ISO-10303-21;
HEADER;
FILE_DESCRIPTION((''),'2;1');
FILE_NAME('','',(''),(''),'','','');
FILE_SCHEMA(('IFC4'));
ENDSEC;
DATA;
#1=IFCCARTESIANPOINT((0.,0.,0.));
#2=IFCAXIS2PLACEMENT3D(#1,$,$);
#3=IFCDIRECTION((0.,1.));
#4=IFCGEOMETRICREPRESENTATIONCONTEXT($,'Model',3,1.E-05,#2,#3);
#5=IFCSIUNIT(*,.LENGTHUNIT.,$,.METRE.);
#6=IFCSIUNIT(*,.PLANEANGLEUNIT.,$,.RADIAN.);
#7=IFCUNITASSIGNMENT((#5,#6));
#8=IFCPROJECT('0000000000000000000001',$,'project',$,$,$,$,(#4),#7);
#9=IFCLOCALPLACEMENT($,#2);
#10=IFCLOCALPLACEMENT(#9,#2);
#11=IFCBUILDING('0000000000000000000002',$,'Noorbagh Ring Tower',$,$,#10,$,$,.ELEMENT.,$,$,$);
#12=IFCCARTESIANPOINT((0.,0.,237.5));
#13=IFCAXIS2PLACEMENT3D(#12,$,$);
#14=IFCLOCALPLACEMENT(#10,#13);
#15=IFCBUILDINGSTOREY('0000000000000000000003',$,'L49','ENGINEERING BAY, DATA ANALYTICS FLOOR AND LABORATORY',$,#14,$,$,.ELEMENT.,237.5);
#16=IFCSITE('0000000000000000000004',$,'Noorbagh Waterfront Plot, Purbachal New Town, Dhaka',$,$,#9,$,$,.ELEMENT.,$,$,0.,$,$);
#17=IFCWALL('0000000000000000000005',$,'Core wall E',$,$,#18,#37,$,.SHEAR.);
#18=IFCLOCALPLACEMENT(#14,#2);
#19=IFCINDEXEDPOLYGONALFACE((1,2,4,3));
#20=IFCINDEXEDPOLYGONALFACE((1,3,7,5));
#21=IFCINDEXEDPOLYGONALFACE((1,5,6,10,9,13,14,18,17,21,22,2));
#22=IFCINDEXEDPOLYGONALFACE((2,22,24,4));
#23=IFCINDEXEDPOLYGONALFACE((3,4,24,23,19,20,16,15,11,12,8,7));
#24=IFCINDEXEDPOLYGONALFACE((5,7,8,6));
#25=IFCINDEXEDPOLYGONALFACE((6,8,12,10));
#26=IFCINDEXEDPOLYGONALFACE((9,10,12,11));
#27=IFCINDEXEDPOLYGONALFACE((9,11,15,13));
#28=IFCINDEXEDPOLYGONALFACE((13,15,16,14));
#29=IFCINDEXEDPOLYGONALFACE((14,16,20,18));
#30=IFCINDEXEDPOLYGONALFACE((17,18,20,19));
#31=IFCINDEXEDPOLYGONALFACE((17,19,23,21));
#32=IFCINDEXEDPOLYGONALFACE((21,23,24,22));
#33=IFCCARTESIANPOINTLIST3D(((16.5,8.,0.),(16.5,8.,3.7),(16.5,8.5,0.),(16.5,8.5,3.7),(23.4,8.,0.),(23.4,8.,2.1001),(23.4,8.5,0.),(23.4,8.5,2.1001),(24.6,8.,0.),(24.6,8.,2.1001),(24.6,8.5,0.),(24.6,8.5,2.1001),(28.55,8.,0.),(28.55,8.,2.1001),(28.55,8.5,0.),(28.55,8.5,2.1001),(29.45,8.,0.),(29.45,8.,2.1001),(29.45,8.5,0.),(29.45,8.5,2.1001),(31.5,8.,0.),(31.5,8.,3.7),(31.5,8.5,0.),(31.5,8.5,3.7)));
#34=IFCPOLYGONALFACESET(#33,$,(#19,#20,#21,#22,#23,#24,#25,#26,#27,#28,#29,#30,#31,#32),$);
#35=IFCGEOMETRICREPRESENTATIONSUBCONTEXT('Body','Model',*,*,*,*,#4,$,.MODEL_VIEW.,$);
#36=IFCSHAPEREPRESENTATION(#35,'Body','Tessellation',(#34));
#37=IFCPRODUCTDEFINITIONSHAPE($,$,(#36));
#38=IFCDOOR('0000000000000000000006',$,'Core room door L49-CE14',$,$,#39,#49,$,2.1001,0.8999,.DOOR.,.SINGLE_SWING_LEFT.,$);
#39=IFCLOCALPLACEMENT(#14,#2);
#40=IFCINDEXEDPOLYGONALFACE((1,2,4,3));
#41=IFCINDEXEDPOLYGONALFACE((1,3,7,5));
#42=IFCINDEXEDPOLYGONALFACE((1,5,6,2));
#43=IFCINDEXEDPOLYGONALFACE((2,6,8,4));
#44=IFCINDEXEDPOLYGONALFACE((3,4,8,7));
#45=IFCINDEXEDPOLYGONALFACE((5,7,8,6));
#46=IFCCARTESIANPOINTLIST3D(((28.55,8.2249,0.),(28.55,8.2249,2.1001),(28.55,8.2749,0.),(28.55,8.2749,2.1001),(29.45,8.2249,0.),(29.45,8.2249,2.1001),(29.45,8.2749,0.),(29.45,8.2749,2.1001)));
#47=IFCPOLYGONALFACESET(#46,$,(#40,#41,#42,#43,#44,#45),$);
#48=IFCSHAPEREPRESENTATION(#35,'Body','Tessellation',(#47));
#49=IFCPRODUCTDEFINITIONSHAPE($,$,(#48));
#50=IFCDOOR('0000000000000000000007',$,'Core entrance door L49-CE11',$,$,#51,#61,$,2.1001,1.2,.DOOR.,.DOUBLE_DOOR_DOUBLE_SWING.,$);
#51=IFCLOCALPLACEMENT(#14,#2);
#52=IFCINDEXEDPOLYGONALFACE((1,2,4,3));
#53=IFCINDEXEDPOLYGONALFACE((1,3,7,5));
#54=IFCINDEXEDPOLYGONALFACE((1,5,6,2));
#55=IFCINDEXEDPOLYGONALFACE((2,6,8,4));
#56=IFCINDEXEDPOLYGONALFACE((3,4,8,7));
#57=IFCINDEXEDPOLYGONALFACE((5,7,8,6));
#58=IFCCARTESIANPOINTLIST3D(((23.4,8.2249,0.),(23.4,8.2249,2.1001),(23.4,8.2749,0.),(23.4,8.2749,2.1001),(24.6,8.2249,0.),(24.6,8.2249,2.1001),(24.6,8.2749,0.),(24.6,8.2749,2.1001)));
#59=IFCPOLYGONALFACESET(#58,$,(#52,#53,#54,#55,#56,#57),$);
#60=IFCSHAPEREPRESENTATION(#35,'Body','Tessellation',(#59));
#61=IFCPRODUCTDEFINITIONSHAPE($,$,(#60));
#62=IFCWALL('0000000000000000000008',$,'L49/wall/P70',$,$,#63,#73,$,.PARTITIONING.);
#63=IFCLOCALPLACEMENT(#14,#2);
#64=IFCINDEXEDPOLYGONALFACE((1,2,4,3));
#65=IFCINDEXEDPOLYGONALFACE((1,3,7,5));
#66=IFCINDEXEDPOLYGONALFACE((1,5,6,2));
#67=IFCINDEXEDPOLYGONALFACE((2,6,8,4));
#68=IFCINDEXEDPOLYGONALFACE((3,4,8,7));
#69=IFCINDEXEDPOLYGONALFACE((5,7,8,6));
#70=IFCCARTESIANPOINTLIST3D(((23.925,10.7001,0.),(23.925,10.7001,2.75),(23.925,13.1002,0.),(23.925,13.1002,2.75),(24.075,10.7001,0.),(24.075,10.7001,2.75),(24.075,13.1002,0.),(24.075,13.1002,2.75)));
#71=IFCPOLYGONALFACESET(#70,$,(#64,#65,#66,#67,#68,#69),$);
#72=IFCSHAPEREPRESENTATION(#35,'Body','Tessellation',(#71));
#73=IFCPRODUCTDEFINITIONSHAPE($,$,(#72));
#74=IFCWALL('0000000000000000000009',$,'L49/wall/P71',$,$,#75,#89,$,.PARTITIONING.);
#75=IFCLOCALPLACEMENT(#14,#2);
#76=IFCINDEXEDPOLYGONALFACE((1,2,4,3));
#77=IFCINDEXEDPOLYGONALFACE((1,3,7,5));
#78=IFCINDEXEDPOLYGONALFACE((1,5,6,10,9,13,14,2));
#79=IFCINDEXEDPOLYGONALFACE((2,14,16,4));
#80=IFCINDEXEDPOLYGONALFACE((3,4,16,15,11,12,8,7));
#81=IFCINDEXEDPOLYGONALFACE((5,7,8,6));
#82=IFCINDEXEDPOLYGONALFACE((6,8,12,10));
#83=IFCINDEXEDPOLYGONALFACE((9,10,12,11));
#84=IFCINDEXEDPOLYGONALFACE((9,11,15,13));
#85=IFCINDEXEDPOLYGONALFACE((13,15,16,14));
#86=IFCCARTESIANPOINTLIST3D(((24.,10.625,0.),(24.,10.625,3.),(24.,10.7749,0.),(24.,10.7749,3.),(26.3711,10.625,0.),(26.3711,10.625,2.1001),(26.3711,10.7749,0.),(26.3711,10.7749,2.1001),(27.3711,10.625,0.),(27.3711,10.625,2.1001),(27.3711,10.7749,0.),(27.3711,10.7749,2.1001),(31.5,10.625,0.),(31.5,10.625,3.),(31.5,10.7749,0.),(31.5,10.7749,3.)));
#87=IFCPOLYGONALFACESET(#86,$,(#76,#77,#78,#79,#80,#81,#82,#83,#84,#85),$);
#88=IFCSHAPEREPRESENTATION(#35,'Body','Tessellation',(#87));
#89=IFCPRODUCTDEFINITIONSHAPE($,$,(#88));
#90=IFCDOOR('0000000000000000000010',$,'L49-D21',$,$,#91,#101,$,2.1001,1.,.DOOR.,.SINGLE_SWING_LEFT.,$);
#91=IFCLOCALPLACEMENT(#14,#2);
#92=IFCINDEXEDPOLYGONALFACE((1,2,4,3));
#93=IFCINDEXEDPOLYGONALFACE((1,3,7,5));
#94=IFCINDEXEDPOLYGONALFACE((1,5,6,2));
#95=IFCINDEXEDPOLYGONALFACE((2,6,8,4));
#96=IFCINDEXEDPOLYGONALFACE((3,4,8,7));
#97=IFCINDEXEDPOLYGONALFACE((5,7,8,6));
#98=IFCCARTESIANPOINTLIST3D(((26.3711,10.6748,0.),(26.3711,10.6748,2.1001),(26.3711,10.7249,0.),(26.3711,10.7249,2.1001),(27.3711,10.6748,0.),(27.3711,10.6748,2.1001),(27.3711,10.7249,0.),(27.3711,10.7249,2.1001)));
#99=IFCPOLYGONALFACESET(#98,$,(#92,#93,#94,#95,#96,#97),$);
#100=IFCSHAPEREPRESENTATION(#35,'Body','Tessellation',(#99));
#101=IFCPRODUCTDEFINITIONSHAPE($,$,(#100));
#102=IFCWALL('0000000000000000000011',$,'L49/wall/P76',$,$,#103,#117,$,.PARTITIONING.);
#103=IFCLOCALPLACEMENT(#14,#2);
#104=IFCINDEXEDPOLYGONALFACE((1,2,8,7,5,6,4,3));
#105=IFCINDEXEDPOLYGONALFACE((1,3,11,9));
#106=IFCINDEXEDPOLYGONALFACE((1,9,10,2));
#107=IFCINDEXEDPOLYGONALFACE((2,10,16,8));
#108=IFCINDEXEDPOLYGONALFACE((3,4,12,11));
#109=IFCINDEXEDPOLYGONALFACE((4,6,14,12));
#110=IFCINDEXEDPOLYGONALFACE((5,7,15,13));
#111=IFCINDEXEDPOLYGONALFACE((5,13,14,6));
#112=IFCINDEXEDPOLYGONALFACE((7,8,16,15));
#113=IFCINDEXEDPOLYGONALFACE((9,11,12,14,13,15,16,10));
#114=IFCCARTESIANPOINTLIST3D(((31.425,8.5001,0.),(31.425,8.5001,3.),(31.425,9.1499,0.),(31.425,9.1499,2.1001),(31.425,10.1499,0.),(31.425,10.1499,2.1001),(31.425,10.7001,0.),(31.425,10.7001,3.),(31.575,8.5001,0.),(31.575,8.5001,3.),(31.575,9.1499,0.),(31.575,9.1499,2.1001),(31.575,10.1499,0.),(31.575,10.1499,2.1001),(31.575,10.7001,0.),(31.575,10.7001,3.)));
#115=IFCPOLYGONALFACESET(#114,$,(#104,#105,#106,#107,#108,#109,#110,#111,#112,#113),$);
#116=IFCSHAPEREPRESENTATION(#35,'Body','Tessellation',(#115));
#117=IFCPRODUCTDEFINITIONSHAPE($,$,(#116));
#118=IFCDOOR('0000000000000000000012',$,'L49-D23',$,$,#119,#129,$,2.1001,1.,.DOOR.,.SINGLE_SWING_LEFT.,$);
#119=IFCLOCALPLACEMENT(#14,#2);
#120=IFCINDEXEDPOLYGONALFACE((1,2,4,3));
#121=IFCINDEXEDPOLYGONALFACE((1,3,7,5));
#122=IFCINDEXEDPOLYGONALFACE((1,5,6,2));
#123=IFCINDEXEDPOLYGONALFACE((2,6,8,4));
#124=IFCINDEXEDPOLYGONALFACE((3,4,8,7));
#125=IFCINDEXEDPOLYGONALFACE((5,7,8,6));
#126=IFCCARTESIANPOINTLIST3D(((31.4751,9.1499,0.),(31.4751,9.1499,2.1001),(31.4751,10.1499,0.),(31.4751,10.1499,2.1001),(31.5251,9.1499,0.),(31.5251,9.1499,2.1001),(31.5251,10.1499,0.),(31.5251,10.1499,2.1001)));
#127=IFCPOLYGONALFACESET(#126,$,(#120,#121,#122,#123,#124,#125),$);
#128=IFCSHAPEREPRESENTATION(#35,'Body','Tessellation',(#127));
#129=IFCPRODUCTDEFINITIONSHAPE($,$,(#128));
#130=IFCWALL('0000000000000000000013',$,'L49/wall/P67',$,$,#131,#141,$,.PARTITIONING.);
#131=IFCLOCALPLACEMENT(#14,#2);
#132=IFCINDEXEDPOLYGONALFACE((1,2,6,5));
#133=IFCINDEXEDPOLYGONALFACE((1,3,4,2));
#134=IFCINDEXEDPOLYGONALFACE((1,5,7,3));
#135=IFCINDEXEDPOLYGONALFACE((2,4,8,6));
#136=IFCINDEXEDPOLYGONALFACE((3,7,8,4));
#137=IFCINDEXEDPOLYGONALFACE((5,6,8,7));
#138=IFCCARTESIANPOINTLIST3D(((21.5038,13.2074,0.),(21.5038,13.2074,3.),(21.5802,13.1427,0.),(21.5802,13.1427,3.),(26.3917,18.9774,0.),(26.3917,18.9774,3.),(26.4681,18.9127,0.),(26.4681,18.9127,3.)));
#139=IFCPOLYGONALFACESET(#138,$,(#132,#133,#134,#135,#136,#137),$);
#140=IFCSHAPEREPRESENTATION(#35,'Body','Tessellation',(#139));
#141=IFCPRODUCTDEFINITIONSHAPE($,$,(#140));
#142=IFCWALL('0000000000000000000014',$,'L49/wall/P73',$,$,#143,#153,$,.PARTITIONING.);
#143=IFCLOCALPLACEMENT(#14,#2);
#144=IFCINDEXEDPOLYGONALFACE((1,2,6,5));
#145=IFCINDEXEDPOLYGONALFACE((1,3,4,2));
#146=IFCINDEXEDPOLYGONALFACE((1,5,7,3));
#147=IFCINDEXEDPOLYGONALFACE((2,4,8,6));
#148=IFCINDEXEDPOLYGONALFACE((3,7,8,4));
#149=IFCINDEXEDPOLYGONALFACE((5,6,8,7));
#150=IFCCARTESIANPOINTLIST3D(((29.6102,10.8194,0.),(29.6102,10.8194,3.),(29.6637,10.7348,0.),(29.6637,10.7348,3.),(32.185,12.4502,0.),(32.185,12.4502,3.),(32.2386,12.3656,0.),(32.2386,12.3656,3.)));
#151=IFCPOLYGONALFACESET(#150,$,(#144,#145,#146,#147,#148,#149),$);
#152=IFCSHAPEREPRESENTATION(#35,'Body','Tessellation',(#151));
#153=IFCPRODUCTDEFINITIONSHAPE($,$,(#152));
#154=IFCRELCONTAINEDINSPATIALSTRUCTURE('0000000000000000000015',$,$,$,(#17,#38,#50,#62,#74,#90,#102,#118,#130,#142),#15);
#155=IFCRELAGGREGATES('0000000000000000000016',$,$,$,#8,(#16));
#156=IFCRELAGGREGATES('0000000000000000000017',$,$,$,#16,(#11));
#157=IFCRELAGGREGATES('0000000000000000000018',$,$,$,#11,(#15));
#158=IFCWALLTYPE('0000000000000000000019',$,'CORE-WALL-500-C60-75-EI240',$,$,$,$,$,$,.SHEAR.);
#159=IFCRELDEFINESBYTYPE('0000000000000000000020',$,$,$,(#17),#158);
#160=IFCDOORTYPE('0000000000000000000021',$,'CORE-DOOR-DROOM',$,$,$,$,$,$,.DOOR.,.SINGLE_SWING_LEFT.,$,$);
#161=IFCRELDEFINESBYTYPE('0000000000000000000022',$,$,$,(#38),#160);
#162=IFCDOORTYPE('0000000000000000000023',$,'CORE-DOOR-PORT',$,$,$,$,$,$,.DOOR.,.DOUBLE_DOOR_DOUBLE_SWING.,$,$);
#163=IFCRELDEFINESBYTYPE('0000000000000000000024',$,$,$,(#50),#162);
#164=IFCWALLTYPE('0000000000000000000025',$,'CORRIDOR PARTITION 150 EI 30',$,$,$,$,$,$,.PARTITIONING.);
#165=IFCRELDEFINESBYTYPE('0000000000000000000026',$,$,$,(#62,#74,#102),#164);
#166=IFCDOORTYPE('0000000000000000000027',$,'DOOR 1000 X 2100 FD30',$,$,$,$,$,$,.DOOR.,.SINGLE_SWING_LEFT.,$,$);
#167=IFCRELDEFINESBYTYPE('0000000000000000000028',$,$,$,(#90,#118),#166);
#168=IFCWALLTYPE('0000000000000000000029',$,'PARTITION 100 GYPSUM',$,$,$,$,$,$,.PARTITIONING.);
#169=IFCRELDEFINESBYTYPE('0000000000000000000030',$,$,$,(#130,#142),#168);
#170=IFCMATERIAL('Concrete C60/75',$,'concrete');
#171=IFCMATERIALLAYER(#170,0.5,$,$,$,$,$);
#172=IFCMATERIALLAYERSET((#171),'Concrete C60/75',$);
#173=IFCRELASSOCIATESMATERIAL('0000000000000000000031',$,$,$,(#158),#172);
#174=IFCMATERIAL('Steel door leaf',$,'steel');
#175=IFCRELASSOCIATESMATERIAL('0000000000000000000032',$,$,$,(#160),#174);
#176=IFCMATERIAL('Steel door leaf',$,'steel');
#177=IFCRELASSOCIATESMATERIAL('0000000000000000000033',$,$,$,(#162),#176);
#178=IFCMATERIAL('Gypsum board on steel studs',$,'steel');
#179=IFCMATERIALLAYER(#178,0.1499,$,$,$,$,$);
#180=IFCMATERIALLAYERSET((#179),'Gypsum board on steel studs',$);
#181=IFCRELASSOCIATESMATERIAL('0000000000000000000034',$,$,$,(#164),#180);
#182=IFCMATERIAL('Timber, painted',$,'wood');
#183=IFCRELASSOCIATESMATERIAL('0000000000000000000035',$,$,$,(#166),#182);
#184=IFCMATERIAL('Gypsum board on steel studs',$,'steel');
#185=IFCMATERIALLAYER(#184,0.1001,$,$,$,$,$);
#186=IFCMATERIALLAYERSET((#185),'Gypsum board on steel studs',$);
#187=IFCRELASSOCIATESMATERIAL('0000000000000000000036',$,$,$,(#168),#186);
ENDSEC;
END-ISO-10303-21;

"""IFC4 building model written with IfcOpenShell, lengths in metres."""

from ifc_helpers import new_model, si_unit, direction, frame, frame_2d, origin, place, context, subcontext, project, spatial, rectangle, extrude, material, layer, layer_set, type_object, element, fill, save


model = new_model("IFC4")

# Units and contexts
model_context = context("Model", 3, precision=1e-05, world=origin(), true_north=direction((0.0, 1.0)))
body_context = subcontext(model_context, "Body", "Model", "MODEL_VIEW")
ifc_project = project(units=[si_unit("LENGTHUNIT", "METRE"), si_unit("PLANEANGLEUNIT", "RADIAN")], contexts=[model_context])

# Site, building, storey
site_placement = place(None, origin())
site = spatial("IfcSite", under=ifc_project, at=site_placement, Name="Noorbagh Waterfront Plot, Purbachal New Town, Dhaka", CompositionType="ELEMENT", RefElevation=0.0)
building_placement = place(site_placement, origin())
building = spatial("IfcBuilding", under=site, at=building_placement, Name="Noorbagh Ring Tower", CompositionType="ELEMENT")
storey_placement = place(building_placement, frame((0.0, 0.0, 237.5)))
storey = spatial("IfcBuildingStorey", under=building, at=storey_placement, Name="L49", Description="ENGINEERING BAY, DATA ANALYTICS FLOOR AND LABORATORY", CompositionType="ELEMENT", Elevation=237.5)

# Wall, openings, doors
ifc_material_1 = material(Name="Concrete C60/75", Category="concrete")
ifc_layer_1 = layer(ifc_material_1, 0.5)
ifc_layer_set_1 = layer_set([ifc_layer_1], Name="Concrete C60/75")
wall_type_1 = type_object("IfcWallType", Name="CORE-WALL-500-C60-75-EI240", PredefinedType="SHEAR", material=ifc_layer_set_1)
wall_1_placement = place(storey_placement, frame((16.5, 8.25, 0.0), z_axis=(0.0, 0.0, 1.0), x_axis=(1.0, 0.0, 0.0)))
wall_1 = element("IfcWall", 1, at=wall_1_placement, inside=storey, type_object=wall_type_1, Name="Core wall E", PredefinedType="SHEAR", context=body_context, shape_type="SweptSolid", body=[
    extrude(rectangle(XDim=15.0, YDim=0.5, at=frame_2d((7.5, 0.0))), origin(), (0.0, 0.0, 1.0), 3.7),
])
opening_1_placement = place(wall_1_placement, frame((6.8999, 0.0, 0.0)))
opening_1 = element("IfcOpeningElement", 2, at=opening_1_placement, cuts=wall_1, PredefinedType="OPENING", context=body_context, shape_type="SweptSolid", body=[
    extrude(rectangle(XDim=1.2, YDim=2.1001, at=frame_2d((0.6001, 1.05))), frame((0.0, 0.26, 0.0), z_axis=(0.0, -1.0, 0.0), x_axis=(1.0, 0.0, 0.0)), (0.0, 0.0, 1.0), 0.52),
])
opening_2_placement = place(wall_1_placement, frame((12.05, 0.0, 0.0)))
opening_2 = element("IfcOpeningElement", 3, at=opening_2_placement, cuts=wall_1, PredefinedType="OPENING", context=body_context, shape_type="SweptSolid", body=[
    extrude(rectangle(XDim=0.8999, YDim=2.1001, at=frame_2d((0.45, 1.05))), frame((0.0, 0.26, 0.0), z_axis=(0.0, -1.0, 0.0), x_axis=(1.0, 0.0, 0.0)), (0.0, 0.0, 1.0), 0.52),
])
ifc_material_2 = material(Name="Steel door leaf", Category="steel")
door_type_1 = type_object("IfcDoorType", Name="CORE-DOOR-DROOM", OperationType="SINGLE_SWING_LEFT", PredefinedType="DOOR", material=ifc_material_2)
door_1_placement = place(opening_2_placement, origin())
door_1 = element("IfcDoor", 4, at=door_1_placement, inside=storey, type_object=door_type_1, Name="Core room door L49-CE14", OperationType="SINGLE_SWING_LEFT", OverallHeight=2.1001, OverallWidth=0.8999, PredefinedType="DOOR", context=body_context, shape_type="SweptSolid", body=[
    extrude(rectangle(XDim=0.8999, YDim=2.1001, at=frame_2d((0.45, 1.05))), frame((0.0, 0.0249, 0.0), z_axis=(0.0, -1.0, 0.0), x_axis=(1.0, 0.0, 0.0)), (0.0, 0.0, 1.0), 0.05),
])
fill(opening_2, door_1)
ifc_material_3 = material(Name="Steel door leaf", Category="steel")
door_type_2 = type_object("IfcDoorType", Name="CORE-DOOR-PORT", OperationType="DOUBLE_DOOR_DOUBLE_SWING", PredefinedType="DOOR", material=ifc_material_3)
door_2_placement = place(opening_1_placement, origin())
door_2 = element("IfcDoor", 5, at=door_2_placement, inside=storey, type_object=door_type_2, Name="Core entrance door L49-CE11", OperationType="DOUBLE_DOOR_DOUBLE_SWING", OverallHeight=2.1001, OverallWidth=1.2, PredefinedType="DOOR", context=body_context, shape_type="SweptSolid", body=[
    extrude(rectangle(XDim=1.2, YDim=2.1001, at=frame_2d((0.6001, 1.05))), frame((0.0, 0.0249, 0.0), z_axis=(0.0, -1.0, 0.0), x_axis=(1.0, 0.0, 0.0)), (0.0, 0.0, 1.0), 0.05),
])
fill(opening_1, door_2)

# Wall
ifc_material_4 = material(Name="Gypsum board on steel studs", Category="steel")
ifc_layer_2 = layer(ifc_material_4, 0.1499)
ifc_layer_set_2 = layer_set([ifc_layer_2], Name="Gypsum board on steel studs")
wall_type_2 = type_object("IfcWallType", Name="CORRIDOR PARTITION 150 EI 30", PredefinedType="PARTITIONING", material=ifc_layer_set_2)
wall_2_placement = place(storey_placement, frame((24.0, 10.7, 0.0), z_axis=(0.0, 0.0, 1.0), x_axis=(0.0, 1.0, 0.0)))
element("IfcWall", 6, at=wall_2_placement, inside=storey, type_object=wall_type_2, Name="L49/wall/P70", PredefinedType="PARTITIONING", context=body_context, shape_type="SweptSolid", body=[
    extrude(rectangle(XDim=2.4001, YDim=0.1499, at=frame_2d((1.2002, 0.0))), origin(), (0.0, 0.0, 1.0), 2.75),
])

# Walls, openings, doors
wall_3_placement = place(storey_placement, frame((24.0, 10.7, 0.0), z_axis=(0.0, 0.0, 1.0), x_axis=(1.0, 0.0, 0.0)))
wall_3 = element("IfcWall", 7, at=wall_3_placement, inside=storey, type_object=wall_type_2, Name="L49/wall/P71", PredefinedType="PARTITIONING", context=body_context, shape_type="SweptSolid", body=[
    extrude(rectangle(XDim=7.5, YDim=0.1499, at=frame_2d((3.75, 0.0))), origin(), (0.0, 0.0, 1.0), 3.0),
])
opening_3_placement = place(wall_3_placement, frame((2.3711, 0.0, 0.0)))
opening_3 = element("IfcOpeningElement", 8, at=opening_3_placement, cuts=wall_3, PredefinedType="OPENING", context=body_context, shape_type="SweptSolid", body=[
    extrude(rectangle(XDim=1.0, YDim=2.1001, at=frame_2d((0.5, 1.05))), frame((0.0, 0.085, 0.0), z_axis=(0.0, -1.0, 0.0), x_axis=(1.0, 0.0, 0.0)), (0.0, 0.0, 1.0), 0.1699),
])
ifc_material_5 = material(Name="Timber, painted", Category="wood")
door_type_3 = type_object("IfcDoorType", Name="DOOR 1000 X 2100 FD30", OperationType="SINGLE_SWING_LEFT", PredefinedType="DOOR", material=ifc_material_5)
door_3_placement = place(opening_3_placement, origin())
door_3 = element("IfcDoor", 9, at=door_3_placement, inside=storey, type_object=door_type_3, Name="L49-D21", OperationType="SINGLE_SWING_LEFT", OverallHeight=2.1001, OverallWidth=1.0, PredefinedType="DOOR", context=body_context, shape_type="SweptSolid", body=[
    extrude(rectangle(XDim=1.0, YDim=2.1001, at=frame_2d((0.5, 1.05))), frame((0.0, 0.0249, 0.0), z_axis=(0.0, -1.0, 0.0), x_axis=(1.0, 0.0, 0.0)), (0.0, 0.0, 1.0), 0.05),
])
fill(opening_3, door_3)
wall_4_placement = place(storey_placement, frame((31.5, 8.5, 0.0), z_axis=(0.0, 0.0, 1.0), x_axis=(0.0, 1.0, 0.0)))
wall_4 = element("IfcWall", 10, at=wall_4_placement, inside=storey, type_object=wall_type_2, Name="L49/wall/P76", PredefinedType="PARTITIONING", context=body_context, shape_type="SweptSolid", body=[
    extrude(rectangle(XDim=2.2, YDim=0.1499, at=frame_2d((1.1001, 0.0))), origin(), (0.0, 0.0, 1.0), 3.0),
])
opening_4_placement = place(wall_4_placement, frame((0.6499, 0.0, 0.0)))
opening_4 = element("IfcOpeningElement", 11, at=opening_4_placement, cuts=wall_4, PredefinedType="OPENING", context=body_context, shape_type="SweptSolid", body=[
    extrude(rectangle(XDim=1.0, YDim=2.1001, at=frame_2d((0.5, 1.05))), frame((0.0, 0.085, 0.0), z_axis=(0.0, -1.0, 0.0), x_axis=(1.0, 0.0, 0.0)), (0.0, 0.0, 1.0), 0.1699),
])
door_4_placement = place(opening_4_placement, origin())
door_4 = element("IfcDoor", 12, at=door_4_placement, inside=storey, type_object=door_type_3, Name="L49-D23", OperationType="SINGLE_SWING_LEFT", OverallHeight=2.1001, OverallWidth=1.0, PredefinedType="DOOR", context=body_context, shape_type="SweptSolid", body=[
    extrude(rectangle(XDim=1.0, YDim=2.1001, at=frame_2d((0.5, 1.05))), frame((0.0, 0.0249, 0.0), z_axis=(0.0, -1.0, 0.0), x_axis=(1.0, 0.0, 0.0)), (0.0, 0.0, 1.0), 0.05),
])
fill(opening_4, door_4)

# Walls
ifc_material_6 = material(Name="Gypsum board on steel studs", Category="steel")
ifc_layer_3 = layer(ifc_material_6, 0.1001)
ifc_layer_set_3 = layer_set([ifc_layer_3], Name="Gypsum board on steel studs")
wall_type_3 = type_object("IfcWallType", Name="PARTITION 100 GYPSUM", PredefinedType="PARTITIONING", material=ifc_layer_set_3)
wall_5_placement = place(storey_placement, frame((21.542, 13.175, 0.0), z_axis=(0.0, 0.0, 1.0), x_axis=(0.646375, 0.76302, 0.0)))
element("IfcWall", 13, at=wall_5_placement, inside=storey, type_object=wall_type_3, Name="L49/wall/P67", PredefinedType="PARTITIONING", context=body_context, shape_type="SweptSolid", body=[
    extrude(rectangle(XDim=7.562, YDim=0.1001, at=frame_2d((3.781, 0.0))), origin(), (0.0, 0.0, 1.0), 3.0),
])
wall_6_placement = place(storey_placement, frame((29.637, 10.7771, 0.0), z_axis=(0.0, 0.0, 1.0), x_axis=(0.844811, 0.535065, 0.0)))
element("IfcWall", 14, at=wall_6_placement, inside=storey, type_object=wall_type_3, Name="L49/wall/P73", PredefinedType="PARTITIONING", context=body_context, shape_type="SweptSolid", body=[
    extrude(rectangle(XDim=3.0479, YDim=0.1001, at=frame_2d((1.5239, 0.0))), origin(), (0.0, 0.0, 1.0), 3.0),
])

save(model, "model.ifc")
